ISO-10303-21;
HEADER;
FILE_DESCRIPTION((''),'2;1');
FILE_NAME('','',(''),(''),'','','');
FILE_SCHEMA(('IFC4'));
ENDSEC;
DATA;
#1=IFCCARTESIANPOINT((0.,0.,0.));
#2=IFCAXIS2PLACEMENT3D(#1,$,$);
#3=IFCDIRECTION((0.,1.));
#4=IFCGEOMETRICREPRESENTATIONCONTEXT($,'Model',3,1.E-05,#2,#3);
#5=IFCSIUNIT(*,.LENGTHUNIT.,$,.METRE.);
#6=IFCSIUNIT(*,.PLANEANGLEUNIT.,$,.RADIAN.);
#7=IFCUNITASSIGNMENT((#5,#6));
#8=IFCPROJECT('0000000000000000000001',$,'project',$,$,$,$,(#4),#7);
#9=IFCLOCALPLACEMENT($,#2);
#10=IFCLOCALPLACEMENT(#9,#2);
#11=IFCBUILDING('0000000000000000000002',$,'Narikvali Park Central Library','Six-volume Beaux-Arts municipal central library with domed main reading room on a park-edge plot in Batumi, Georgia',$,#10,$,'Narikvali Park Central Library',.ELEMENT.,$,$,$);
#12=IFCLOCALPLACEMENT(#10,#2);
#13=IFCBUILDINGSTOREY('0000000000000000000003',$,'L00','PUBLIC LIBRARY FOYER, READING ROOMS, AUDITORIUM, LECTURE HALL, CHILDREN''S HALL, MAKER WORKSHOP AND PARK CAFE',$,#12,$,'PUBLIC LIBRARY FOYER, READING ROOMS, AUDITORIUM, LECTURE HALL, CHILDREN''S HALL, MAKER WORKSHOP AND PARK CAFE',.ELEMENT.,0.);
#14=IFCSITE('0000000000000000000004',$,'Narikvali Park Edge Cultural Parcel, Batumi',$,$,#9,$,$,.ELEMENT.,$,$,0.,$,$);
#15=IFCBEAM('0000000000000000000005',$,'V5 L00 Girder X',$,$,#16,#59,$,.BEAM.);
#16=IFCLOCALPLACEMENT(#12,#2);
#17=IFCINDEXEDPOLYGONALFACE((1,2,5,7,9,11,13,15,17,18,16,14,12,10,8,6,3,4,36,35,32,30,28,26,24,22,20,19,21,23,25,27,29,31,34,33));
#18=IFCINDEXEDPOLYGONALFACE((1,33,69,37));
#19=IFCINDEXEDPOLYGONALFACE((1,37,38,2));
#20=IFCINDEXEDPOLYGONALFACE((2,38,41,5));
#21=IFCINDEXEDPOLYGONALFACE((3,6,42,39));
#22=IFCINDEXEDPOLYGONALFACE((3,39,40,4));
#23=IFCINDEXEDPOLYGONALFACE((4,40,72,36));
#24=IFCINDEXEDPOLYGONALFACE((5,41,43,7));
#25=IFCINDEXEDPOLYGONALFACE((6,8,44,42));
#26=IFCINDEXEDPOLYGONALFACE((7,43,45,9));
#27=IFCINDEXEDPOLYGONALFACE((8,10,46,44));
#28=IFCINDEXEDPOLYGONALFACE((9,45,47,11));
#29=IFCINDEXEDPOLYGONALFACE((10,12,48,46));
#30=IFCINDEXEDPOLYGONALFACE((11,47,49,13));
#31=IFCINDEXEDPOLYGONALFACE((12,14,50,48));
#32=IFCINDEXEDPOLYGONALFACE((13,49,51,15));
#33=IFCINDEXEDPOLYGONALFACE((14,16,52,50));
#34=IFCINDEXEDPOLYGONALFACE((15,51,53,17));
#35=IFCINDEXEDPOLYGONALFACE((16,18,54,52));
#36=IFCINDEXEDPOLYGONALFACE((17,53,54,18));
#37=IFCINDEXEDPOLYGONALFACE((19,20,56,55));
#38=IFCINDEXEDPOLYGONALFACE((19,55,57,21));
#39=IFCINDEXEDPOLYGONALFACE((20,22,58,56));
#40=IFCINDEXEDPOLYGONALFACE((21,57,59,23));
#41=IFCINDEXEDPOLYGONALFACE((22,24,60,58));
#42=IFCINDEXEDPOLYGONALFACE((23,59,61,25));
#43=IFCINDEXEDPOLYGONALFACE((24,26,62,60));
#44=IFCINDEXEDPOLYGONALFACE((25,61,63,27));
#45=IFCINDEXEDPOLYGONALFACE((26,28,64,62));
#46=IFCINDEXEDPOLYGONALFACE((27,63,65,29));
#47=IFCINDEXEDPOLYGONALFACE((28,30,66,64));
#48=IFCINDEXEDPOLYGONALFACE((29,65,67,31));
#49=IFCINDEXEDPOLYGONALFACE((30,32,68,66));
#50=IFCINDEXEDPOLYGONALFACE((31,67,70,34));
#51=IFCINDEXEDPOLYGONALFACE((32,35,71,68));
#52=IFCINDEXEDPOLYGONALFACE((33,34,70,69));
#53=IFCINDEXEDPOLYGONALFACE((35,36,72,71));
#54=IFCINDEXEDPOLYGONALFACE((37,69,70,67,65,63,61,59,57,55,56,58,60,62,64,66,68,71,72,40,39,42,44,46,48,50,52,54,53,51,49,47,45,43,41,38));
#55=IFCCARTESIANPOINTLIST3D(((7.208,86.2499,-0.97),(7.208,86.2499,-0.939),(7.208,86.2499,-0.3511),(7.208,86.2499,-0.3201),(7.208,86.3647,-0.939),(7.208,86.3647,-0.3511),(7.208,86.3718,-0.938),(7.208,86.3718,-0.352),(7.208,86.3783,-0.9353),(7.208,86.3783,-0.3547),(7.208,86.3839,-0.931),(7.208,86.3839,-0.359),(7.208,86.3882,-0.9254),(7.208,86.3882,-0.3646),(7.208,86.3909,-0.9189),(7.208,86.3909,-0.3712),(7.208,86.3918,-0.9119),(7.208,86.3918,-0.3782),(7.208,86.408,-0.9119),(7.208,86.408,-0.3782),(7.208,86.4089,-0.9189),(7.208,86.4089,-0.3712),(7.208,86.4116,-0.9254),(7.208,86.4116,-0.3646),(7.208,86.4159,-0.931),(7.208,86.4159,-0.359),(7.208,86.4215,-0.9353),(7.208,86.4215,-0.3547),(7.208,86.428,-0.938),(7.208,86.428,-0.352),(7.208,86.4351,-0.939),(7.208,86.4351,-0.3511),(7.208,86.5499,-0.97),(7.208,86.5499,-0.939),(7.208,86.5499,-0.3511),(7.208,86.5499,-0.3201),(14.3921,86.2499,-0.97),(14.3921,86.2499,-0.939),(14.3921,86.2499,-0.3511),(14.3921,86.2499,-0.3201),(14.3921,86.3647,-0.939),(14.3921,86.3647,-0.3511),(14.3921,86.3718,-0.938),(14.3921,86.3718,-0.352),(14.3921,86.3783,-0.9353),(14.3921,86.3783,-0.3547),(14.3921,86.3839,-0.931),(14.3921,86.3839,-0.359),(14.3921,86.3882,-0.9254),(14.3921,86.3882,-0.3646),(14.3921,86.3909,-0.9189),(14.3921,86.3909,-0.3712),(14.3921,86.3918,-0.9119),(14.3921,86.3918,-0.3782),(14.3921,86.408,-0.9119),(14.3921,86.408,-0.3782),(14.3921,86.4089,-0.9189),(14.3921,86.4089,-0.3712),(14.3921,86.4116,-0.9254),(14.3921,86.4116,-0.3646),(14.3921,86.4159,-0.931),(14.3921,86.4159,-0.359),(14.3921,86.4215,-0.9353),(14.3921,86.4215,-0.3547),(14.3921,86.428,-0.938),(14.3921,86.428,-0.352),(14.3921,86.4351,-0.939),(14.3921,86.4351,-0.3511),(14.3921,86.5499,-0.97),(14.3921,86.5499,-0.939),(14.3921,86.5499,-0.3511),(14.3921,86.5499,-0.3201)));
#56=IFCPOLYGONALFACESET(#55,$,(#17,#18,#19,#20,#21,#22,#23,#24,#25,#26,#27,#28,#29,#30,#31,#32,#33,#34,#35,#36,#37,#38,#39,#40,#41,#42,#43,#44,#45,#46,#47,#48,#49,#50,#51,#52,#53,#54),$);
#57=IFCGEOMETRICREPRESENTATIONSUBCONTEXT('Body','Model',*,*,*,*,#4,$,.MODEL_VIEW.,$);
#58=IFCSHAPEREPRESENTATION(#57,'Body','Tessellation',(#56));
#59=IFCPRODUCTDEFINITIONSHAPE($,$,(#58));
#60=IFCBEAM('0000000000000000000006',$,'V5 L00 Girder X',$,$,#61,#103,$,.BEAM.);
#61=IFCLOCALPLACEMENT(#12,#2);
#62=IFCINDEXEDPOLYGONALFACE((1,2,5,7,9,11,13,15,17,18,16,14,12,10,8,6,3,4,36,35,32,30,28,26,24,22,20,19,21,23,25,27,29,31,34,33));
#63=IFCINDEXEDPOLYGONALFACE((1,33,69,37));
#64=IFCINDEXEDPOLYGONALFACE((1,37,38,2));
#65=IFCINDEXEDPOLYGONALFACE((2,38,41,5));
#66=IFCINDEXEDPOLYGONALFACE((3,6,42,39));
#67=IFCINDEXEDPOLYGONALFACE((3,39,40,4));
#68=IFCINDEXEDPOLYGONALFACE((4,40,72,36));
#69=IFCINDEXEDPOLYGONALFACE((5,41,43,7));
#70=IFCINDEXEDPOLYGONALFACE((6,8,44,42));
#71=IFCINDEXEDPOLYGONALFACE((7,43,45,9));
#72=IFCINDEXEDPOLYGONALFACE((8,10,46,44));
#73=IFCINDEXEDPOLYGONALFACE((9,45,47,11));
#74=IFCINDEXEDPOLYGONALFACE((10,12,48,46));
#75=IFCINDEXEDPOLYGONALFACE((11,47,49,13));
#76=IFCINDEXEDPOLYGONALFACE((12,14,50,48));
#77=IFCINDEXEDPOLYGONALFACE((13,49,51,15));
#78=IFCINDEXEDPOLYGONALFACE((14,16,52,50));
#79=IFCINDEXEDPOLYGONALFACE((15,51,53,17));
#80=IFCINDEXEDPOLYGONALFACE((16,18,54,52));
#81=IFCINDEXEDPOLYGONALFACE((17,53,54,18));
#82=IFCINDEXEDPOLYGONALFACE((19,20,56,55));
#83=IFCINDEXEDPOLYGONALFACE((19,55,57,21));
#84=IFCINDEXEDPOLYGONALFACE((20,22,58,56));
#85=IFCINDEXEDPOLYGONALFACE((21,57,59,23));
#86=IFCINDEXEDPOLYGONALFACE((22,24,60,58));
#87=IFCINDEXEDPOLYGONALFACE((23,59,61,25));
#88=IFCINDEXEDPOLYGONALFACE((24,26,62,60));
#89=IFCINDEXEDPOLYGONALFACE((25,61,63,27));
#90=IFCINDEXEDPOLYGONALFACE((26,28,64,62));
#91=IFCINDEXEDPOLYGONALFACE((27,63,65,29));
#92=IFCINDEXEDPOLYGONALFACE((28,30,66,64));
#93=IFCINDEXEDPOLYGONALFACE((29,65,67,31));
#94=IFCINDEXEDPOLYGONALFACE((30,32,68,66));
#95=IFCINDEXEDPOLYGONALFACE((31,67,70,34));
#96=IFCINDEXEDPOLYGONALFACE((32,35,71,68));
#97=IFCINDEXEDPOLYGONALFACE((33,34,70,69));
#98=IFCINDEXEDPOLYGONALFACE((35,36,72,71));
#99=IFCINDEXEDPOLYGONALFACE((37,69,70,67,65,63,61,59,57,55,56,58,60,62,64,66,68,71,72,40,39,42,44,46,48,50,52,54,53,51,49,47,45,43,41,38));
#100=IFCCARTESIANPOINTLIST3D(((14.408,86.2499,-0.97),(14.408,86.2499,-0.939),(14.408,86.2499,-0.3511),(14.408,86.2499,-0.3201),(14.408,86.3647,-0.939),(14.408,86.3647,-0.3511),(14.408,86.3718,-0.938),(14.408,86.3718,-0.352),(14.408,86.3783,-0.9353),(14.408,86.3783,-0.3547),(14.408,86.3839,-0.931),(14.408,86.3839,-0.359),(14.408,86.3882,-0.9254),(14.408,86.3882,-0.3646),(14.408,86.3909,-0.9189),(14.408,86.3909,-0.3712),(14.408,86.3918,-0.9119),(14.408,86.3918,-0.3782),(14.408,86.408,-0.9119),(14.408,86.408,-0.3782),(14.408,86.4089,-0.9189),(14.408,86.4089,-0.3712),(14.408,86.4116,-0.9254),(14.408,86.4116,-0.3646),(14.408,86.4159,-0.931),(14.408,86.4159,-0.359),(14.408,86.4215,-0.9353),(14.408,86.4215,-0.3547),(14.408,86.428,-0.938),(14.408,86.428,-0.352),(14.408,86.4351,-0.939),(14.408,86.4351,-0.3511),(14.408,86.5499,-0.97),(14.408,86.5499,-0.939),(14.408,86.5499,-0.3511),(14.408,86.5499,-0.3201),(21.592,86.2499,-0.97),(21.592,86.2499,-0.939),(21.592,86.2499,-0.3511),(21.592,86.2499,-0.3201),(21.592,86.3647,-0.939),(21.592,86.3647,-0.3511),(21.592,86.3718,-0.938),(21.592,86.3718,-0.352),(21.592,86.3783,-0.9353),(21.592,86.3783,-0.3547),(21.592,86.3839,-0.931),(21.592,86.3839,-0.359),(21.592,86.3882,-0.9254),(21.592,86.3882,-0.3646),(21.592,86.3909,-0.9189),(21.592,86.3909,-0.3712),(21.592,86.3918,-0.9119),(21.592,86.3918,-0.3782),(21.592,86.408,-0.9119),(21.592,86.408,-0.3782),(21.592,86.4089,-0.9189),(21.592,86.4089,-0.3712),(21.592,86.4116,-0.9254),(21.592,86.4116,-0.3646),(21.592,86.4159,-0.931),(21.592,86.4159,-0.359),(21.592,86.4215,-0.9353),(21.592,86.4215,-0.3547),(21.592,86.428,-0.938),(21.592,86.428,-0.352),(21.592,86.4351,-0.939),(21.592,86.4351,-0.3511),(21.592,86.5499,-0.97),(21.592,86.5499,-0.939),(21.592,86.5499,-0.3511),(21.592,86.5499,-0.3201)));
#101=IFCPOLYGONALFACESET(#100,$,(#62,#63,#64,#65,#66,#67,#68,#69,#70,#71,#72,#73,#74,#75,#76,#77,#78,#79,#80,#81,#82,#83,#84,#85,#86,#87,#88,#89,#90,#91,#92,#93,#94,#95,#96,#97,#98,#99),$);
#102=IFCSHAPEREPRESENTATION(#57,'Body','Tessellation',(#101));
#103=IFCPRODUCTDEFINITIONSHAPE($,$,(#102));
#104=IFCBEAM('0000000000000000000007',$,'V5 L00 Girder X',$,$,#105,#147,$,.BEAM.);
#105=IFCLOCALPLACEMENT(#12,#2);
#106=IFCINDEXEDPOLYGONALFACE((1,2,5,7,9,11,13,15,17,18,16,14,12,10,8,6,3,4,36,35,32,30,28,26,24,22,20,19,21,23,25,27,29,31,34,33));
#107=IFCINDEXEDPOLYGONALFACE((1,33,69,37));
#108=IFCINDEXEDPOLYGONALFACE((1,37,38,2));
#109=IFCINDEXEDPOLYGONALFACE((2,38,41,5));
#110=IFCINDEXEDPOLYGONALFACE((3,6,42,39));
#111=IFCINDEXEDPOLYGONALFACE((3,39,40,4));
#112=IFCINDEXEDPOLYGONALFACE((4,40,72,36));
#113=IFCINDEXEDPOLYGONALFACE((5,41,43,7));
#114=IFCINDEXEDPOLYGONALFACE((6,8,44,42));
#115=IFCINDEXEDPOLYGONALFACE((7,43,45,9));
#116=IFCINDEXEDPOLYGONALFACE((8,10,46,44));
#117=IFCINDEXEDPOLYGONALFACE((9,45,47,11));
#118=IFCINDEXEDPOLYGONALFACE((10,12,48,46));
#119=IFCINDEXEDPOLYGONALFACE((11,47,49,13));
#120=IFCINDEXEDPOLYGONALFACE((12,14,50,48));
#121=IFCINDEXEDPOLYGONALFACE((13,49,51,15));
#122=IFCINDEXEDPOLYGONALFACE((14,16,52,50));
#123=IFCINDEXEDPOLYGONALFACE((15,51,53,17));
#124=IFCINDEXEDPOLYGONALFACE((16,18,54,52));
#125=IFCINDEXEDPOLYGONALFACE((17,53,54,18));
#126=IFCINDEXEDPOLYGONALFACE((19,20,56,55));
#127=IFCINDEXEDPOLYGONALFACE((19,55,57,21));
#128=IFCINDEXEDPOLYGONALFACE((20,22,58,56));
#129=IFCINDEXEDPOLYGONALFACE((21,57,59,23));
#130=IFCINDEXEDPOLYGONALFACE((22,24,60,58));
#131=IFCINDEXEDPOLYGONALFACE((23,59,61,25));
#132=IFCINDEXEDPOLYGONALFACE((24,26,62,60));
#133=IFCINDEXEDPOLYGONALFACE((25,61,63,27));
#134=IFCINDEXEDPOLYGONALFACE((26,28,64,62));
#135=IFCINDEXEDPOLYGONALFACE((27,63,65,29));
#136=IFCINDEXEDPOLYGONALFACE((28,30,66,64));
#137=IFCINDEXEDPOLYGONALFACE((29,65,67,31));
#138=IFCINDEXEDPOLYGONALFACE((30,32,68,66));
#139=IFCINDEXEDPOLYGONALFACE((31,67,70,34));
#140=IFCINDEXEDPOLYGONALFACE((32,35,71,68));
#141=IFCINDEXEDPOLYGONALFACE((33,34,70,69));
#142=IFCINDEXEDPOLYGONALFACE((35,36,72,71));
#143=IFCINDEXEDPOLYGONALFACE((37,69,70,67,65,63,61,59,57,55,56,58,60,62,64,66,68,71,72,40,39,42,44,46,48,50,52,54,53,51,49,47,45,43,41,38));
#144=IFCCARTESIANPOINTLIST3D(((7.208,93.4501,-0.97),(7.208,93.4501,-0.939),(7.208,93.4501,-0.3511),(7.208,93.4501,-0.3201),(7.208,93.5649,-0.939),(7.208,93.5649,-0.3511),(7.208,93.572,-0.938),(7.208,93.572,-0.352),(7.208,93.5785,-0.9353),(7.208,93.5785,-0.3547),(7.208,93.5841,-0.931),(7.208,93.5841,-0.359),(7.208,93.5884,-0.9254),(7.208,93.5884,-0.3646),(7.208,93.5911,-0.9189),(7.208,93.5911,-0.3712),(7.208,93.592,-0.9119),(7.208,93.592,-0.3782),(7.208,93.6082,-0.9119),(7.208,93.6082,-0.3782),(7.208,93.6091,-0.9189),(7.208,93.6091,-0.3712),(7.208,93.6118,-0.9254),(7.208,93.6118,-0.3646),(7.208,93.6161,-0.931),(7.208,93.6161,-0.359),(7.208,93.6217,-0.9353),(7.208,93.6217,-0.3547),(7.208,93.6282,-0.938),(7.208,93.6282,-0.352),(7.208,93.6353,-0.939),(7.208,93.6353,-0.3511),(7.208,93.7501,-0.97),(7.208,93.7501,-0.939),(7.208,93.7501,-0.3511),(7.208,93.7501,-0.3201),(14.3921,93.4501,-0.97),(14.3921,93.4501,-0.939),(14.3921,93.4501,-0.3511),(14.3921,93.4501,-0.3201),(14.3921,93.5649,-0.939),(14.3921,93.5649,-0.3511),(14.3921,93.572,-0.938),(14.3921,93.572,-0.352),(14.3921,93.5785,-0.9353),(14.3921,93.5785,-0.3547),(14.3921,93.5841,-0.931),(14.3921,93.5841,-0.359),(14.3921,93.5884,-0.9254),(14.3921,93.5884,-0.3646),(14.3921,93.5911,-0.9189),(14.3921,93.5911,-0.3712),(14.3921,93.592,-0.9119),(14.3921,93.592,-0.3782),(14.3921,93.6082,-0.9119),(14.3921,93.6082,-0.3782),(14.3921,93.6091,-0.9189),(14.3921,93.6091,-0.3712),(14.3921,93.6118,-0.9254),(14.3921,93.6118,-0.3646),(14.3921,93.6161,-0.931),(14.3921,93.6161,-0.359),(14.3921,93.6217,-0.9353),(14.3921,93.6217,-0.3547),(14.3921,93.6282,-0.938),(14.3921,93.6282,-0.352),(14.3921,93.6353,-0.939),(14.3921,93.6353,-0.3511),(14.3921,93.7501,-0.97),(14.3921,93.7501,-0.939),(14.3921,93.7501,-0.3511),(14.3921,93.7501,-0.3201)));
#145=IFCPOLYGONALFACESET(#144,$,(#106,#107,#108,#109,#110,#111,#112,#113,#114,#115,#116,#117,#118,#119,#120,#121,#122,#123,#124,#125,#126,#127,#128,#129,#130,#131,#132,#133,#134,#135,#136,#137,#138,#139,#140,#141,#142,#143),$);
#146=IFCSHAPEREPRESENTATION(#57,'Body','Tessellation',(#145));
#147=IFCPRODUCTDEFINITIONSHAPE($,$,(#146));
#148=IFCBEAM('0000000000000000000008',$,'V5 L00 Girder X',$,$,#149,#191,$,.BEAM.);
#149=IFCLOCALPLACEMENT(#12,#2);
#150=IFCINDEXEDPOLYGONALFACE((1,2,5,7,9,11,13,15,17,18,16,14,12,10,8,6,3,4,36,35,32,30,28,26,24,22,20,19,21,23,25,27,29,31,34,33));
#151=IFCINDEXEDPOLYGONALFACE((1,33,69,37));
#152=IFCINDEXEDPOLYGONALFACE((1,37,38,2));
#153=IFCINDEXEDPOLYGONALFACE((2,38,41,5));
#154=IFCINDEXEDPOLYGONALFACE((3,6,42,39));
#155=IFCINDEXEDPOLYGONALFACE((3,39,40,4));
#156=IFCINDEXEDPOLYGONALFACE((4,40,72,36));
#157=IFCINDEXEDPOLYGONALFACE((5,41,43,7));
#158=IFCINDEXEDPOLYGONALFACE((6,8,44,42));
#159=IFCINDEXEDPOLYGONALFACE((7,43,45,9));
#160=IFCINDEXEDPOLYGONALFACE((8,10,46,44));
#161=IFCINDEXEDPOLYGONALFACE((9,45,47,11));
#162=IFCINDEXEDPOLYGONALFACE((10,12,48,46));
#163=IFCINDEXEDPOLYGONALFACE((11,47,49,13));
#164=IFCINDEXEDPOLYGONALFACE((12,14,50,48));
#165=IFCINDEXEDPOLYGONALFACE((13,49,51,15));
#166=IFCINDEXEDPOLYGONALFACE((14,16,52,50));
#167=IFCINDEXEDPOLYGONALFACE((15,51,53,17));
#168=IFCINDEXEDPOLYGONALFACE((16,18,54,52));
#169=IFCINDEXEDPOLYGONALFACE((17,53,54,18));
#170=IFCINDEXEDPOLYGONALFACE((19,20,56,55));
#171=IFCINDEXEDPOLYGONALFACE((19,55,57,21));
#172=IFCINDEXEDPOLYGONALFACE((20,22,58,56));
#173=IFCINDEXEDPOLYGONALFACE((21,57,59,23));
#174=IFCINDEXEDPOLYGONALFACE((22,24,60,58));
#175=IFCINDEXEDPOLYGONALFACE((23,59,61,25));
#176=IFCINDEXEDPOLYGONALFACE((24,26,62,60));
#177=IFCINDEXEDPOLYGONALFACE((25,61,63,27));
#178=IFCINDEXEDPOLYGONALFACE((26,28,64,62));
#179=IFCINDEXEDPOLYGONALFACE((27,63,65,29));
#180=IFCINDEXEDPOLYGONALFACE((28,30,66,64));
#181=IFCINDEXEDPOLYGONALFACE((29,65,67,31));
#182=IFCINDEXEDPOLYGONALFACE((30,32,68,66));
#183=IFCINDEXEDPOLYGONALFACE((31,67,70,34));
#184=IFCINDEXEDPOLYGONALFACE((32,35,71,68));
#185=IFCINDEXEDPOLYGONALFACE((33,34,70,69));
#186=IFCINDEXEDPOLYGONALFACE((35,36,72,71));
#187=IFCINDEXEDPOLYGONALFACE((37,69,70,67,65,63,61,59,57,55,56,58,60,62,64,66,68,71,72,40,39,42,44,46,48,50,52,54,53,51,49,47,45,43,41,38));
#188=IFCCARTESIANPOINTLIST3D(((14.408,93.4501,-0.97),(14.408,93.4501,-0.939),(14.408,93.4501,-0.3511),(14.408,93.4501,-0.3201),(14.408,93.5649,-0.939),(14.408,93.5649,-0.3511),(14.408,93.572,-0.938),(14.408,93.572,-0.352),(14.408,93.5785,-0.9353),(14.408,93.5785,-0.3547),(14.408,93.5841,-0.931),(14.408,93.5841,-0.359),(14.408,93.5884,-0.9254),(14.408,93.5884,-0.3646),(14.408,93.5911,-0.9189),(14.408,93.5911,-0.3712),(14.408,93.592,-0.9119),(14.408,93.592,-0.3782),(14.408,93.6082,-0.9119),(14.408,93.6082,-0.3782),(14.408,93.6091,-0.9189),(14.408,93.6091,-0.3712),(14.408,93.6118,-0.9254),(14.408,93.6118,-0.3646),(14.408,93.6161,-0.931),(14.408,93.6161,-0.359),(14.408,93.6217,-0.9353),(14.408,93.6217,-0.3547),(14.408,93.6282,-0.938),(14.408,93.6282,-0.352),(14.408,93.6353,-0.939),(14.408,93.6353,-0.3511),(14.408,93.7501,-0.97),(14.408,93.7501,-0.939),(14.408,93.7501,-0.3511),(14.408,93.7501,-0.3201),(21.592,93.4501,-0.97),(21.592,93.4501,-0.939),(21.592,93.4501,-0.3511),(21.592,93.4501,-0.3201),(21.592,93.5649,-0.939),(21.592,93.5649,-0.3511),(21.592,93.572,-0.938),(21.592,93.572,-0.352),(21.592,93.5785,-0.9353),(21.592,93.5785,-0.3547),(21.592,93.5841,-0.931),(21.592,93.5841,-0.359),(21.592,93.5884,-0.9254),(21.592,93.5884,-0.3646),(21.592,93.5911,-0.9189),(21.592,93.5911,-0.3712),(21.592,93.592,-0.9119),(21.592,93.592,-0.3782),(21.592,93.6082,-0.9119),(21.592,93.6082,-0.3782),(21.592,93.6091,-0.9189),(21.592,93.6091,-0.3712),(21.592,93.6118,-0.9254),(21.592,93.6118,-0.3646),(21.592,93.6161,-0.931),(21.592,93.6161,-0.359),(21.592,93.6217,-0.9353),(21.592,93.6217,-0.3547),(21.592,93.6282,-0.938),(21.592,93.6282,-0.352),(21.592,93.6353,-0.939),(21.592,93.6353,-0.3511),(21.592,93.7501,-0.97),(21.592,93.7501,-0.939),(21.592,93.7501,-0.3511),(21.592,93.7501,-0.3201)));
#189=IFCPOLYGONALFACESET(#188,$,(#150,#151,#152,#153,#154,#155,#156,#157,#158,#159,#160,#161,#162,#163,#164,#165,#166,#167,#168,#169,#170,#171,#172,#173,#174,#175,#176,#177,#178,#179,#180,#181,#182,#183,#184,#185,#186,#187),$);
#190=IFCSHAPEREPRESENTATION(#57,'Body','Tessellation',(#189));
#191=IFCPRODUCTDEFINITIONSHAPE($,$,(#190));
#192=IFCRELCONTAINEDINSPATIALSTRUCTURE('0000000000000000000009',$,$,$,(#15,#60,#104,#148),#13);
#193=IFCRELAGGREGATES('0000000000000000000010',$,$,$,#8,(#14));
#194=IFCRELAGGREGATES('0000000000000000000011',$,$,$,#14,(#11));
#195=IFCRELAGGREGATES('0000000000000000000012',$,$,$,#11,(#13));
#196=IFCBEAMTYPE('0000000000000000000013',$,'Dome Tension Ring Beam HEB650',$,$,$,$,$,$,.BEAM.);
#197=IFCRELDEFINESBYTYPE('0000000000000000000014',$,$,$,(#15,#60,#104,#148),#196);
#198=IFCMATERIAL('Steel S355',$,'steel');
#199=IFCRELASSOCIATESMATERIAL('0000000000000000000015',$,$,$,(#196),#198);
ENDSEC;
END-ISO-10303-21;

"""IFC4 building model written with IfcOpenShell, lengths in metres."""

from ifc_helpers import new_model, si_unit, direction, frame, origin, origin_2d, place, context, subcontext, project, spatial, i_section, extrude, material, material_profile, profile_set, type_object, element, save


model = new_model("IFC4")

# Units and contexts
model_context = context("Model", 3, precision=1e-05, world=origin(), true_north=direction((0.0, 1.0)))
body_context = subcontext(model_context, "Body", "Model", "MODEL_VIEW")
ifc_project = project(units=[si_unit("LENGTHUNIT", "METRE"), si_unit("PLANEANGLEUNIT", "RADIAN")], contexts=[model_context])

# Site, building, storey
site_placement = place(None, origin())
site = spatial("IfcSite", under=ifc_project, at=site_placement, Name="Narikvali Park Edge Cultural Parcel, Batumi", CompositionType="ELEMENT", RefElevation=0.0)
building_placement = place(site_placement, origin())
building = spatial("IfcBuilding", under=site, at=building_placement, Name="Narikvali Park Central Library", Description="Six-volume Beaux-Arts municipal central library with domed main reading room on a park-edge plot in Batumi, Georgia", LongName="Narikvali Park Central Library", CompositionType="ELEMENT")
storey_placement = place(building_placement, origin())
storey = spatial("IfcBuildingStorey", under=building, at=storey_placement, Name="L00", Description="PUBLIC LIBRARY FOYER, READING ROOMS, AUDITORIUM, LECTURE HALL, CHILDREN'S HALL, MAKER WORKSHOP AND PARK CAFE", LongName="PUBLIC LIBRARY FOYER, READING ROOMS, AUDITORIUM, LECTURE HALL, CHILDREN'S HALL, MAKER WORKSHOP AND PARK CAFE", CompositionType="ELEMENT", Elevation=0.0)

# Shared definitions
ifc_material_1 = material(Name="Steel S355", Category="steel")

# Beams
ifc_material_profile_1 = material_profile(ifc_material_1, i_section(OverallWidth=0.3, OverallDepth=0.6499, WebThickness=0.0161, FlangeThickness=0.031, FilletRadius=0.0271, at=origin_2d()), Name="HEB 650")
ifc_profile_set_1 = profile_set([ifc_material_profile_1], Name="Steel S355")
beam_type_1 = type_object("IfcBeamType", Name="Dome Tension Ring Beam HEB650", PredefinedType="BEAM", material=ifc_profile_set_1)
for number, where, z_axis, x_axis, name in (
    (1, (7.208, 86.3999, -0.645), (1.0, 0.0, 0.0), (0.0, 1.0, 0.0), "V5 L00 Girder X"),
    (2, (14.408, 86.3999, -0.645), (1.0, 0.0, 0.0), (0.0, 1.0, 0.0), "V5 L00 Girder X"),
    (3, (7.208, 93.6001, -0.645), (1.0, 0.0, 0.0), (0.0, 1.0, 0.0), "V5 L00 Girder X"),
    (4, (14.408, 93.6001, -0.645), (1.0, 0.0, 0.0), (0.0, 1.0, 0.0), "V5 L00 Girder X"),
):
    element("IfcBeam", number, at=place(storey_placement, frame(where, z_axis=z_axis, x_axis=x_axis)), inside=storey, type_object=beam_type_1, Name=name, PredefinedType="BEAM", context=body_context, shape_type="SweptSolid", body=[
        extrude(i_section(OverallWidth=0.3, OverallDepth=0.6499, WebThickness=0.0161, FlangeThickness=0.031, FilletRadius=0.0271, at=origin_2d()), origin(), (0.0, 0.0, 1.0), 7.1841),
    ])

save(model, "model.ifc")
